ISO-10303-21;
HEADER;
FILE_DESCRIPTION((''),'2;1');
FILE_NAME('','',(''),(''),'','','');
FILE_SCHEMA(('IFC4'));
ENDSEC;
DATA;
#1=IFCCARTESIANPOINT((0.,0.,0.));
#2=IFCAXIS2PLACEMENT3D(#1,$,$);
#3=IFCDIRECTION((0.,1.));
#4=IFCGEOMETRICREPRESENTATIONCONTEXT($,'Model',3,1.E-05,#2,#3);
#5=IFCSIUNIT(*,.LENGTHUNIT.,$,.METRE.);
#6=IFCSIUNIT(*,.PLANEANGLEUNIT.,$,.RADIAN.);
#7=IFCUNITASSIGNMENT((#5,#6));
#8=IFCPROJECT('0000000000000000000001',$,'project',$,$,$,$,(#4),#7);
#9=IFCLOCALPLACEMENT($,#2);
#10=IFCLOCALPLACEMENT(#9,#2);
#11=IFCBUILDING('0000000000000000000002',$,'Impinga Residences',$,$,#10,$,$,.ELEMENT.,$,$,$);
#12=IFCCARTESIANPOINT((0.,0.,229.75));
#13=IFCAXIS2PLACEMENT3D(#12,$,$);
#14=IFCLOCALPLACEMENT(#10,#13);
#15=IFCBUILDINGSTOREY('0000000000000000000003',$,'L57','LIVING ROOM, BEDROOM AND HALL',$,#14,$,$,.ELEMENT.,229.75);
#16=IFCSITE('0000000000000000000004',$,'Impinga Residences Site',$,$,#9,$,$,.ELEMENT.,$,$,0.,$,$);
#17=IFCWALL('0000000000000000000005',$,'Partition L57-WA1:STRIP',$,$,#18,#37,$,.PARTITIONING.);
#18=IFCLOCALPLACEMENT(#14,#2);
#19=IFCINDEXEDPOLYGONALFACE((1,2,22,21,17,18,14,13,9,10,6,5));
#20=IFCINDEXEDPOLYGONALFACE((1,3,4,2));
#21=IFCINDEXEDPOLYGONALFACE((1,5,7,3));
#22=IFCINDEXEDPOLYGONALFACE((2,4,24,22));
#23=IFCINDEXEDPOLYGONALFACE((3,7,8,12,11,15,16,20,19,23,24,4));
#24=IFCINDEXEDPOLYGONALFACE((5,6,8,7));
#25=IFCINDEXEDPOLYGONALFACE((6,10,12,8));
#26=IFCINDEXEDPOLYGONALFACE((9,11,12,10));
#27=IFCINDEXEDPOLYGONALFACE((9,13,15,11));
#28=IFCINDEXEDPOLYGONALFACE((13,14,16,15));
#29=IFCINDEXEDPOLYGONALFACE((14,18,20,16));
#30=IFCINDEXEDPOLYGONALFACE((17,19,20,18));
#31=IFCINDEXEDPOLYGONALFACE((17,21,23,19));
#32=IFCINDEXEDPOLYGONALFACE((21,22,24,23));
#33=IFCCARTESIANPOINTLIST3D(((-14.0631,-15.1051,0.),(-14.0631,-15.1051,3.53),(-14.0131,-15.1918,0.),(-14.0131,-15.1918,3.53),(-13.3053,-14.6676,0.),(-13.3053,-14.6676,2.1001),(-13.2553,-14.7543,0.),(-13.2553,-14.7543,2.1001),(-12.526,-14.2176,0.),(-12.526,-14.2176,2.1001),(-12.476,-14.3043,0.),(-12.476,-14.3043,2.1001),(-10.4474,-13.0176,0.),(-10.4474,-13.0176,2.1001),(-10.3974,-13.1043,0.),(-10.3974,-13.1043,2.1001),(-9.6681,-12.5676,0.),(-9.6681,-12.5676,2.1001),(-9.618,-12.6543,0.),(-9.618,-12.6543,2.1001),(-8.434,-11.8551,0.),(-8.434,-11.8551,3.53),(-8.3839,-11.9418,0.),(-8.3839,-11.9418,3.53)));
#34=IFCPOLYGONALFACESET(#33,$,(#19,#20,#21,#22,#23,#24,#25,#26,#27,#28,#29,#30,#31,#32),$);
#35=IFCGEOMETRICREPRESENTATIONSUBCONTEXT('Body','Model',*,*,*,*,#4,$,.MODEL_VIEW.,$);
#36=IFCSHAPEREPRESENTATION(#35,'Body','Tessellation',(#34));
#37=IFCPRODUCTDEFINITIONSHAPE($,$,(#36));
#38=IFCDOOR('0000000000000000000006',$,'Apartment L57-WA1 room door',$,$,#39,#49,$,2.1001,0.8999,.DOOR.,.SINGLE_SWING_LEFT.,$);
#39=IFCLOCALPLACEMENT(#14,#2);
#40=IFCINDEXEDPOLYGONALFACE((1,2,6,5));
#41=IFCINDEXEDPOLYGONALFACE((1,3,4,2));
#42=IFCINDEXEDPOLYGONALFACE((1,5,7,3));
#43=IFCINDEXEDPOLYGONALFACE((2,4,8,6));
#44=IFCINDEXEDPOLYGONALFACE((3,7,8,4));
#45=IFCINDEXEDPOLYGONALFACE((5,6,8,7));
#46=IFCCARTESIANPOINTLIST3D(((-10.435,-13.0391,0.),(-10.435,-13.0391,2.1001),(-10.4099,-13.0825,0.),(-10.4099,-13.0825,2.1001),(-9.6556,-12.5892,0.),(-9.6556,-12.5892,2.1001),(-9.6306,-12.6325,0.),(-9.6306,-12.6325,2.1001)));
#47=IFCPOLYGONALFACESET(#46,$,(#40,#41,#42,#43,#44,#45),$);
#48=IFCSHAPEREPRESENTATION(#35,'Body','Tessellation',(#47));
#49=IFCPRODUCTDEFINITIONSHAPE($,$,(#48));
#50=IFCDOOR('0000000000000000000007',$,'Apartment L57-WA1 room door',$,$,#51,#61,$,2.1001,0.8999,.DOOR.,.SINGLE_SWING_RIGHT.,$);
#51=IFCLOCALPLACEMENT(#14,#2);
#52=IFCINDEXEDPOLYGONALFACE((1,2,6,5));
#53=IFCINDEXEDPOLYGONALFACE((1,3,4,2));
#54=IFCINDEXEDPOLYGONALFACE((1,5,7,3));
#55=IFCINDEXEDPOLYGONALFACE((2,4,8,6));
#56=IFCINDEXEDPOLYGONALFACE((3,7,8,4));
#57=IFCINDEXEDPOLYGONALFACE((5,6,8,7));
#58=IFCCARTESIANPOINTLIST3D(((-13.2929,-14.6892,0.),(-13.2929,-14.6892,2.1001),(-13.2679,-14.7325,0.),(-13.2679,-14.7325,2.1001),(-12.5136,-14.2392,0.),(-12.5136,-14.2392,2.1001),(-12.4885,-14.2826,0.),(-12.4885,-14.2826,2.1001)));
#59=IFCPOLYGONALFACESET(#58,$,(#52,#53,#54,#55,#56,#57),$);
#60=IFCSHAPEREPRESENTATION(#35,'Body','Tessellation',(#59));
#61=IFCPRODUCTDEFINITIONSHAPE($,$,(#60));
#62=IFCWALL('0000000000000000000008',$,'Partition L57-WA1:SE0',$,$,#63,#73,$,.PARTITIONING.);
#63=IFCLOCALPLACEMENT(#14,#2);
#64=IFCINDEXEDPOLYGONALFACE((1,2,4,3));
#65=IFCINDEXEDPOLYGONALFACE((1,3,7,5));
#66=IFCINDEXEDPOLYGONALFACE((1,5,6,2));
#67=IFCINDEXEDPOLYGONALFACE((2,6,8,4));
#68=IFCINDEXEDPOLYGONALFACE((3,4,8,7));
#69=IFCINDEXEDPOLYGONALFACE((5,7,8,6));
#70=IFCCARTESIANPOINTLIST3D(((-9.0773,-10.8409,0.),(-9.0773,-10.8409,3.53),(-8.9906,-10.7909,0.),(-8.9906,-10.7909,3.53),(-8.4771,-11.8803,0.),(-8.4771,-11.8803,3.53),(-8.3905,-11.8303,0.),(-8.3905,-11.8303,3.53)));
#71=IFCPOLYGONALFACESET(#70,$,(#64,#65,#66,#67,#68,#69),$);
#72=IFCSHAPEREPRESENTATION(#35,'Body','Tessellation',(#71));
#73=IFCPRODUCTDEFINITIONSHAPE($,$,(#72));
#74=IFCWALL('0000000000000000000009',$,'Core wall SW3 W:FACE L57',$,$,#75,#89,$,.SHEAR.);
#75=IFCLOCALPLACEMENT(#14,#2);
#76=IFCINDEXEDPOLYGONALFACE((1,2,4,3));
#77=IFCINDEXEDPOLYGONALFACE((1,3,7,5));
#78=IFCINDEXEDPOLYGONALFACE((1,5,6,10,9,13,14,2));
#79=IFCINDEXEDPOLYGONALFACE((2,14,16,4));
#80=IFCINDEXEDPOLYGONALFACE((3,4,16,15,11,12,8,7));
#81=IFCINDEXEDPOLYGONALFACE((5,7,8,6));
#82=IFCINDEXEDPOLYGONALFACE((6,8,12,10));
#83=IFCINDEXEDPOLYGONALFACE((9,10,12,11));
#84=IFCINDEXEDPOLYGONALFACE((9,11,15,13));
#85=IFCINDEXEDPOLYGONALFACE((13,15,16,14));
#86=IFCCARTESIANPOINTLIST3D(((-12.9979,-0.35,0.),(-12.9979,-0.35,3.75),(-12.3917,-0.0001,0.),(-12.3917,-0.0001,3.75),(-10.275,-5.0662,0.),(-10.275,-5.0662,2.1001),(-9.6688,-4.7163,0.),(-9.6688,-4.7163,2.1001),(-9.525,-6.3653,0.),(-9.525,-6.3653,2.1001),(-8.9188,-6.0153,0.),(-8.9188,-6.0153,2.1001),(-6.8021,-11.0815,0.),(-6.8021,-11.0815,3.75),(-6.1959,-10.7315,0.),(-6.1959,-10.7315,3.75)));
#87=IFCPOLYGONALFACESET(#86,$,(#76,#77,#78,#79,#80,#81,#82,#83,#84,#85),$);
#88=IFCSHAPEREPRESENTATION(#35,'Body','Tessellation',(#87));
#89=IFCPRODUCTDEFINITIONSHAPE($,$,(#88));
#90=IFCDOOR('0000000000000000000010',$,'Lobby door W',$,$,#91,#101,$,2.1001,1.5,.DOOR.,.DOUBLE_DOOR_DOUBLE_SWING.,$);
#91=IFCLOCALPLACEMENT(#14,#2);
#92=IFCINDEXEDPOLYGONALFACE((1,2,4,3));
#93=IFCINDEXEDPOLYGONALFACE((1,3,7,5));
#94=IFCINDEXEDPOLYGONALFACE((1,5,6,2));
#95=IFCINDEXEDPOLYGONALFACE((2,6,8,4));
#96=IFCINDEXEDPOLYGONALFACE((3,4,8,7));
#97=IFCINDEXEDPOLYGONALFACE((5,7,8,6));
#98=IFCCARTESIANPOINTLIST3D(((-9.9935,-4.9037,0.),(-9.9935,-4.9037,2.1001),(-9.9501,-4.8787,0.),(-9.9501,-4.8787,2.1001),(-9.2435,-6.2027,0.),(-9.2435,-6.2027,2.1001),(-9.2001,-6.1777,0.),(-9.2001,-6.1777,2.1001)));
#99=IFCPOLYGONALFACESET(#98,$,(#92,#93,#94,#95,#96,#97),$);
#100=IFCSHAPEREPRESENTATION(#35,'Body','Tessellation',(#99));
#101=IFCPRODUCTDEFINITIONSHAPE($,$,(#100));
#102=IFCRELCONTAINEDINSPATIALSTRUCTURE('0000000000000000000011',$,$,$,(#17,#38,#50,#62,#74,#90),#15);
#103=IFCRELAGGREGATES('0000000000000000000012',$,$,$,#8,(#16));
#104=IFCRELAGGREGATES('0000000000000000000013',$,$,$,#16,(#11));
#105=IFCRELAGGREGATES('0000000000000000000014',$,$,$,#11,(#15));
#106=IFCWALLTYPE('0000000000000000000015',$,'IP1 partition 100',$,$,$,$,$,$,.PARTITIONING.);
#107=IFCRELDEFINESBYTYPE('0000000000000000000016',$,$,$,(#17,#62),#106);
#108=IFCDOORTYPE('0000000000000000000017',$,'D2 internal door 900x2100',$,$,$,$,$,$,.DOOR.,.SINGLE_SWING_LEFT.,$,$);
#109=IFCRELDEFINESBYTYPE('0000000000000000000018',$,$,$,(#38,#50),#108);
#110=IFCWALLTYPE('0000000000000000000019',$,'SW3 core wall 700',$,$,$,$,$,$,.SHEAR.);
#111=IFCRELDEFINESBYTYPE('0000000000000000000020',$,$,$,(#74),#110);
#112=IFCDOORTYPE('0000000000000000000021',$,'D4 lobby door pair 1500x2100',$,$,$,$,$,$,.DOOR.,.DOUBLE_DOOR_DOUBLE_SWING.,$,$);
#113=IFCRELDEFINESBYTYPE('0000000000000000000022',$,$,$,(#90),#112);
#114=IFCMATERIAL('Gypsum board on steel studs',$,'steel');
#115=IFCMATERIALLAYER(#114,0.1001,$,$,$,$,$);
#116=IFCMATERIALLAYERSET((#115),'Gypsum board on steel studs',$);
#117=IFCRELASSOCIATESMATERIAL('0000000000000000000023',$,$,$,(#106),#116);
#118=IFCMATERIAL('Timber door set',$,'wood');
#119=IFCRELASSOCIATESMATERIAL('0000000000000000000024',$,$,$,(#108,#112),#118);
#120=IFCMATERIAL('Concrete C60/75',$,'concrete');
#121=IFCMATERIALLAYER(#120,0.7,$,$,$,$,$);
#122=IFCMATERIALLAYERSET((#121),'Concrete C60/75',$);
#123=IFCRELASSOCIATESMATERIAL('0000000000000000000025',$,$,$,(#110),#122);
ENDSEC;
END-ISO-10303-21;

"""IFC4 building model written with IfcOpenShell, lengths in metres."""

from ifc_helpers import new_model, si_unit, direction, frame, frame_2d, origin, place, context, subcontext, project, spatial, rectangle, extrude, material, layer, layer_set, type_object, element, fill, save


model = new_model("IFC4")

# Units and contexts
model_context = context("Model", 3, precision=1e-05, world=origin(), true_north=direction((0.0, 1.0)))
body_context = subcontext(model_context, "Body", "Model", "MODEL_VIEW")
ifc_project = project(units=[si_unit("LENGTHUNIT", "METRE"), si_unit("PLANEANGLEUNIT", "RADIAN")], contexts=[model_context])

# Site, building, storey
site_placement = place(None, origin())
site = spatial("IfcSite", under=ifc_project, at=site_placement, Name="Impinga Residences Site", CompositionType="ELEMENT", RefElevation=0.0)
building_placement = place(site_placement, origin())
building = spatial("IfcBuilding", under=site, at=building_placement, Name="Impinga Residences", CompositionType="ELEMENT")
storey_placement = place(building_placement, frame((0.0, 0.0, 229.75)))
storey = spatial("IfcBuildingStorey", under=building, at=storey_placement, Name="L57", Description="LIVING ROOM, BEDROOM AND HALL", CompositionType="ELEMENT", Elevation=229.75)

# Shared definitions
ifc_material_1 = material(Name="Concrete C60/75", Category="concrete")

# Shared definitions
ifc_material_2 = material(Name="Gypsum board on steel studs", Category="steel")
ifc_layer_1 = layer(ifc_material_2, 0.1001)
ifc_layer_set_1 = layer_set([ifc_layer_1], Name="Gypsum board on steel studs")
wall_type_1 = type_object("IfcWallType", Name="IP1 partition 100", PredefinedType="PARTITIONING", material=ifc_layer_set_1)

# Wall, openings, doors
wall_1_placement = place(storey_placement, frame((-8.4089, -11.8984, 0.0), z_axis=(0.0, 0.0, 1.0), x_axis=(-0.866025, -0.500001, 0.0)))
wall_1 = element("IfcWall", 1, at=wall_1_placement, inside=storey, type_object=wall_type_1, Name="Partition L57-WA1:STRIP", PredefinedType="PARTITIONING", context=body_context, shape_type="SweptSolid", body=[
    extrude(rectangle(XDim=6.5, YDim=0.1001, at=frame_2d((3.25, 0.0))), origin(), (0.0, 0.0, 1.0), 3.53),
])
opening_1_placement = place(wall_1_placement, frame((1.425, 0.0, 0.0)))
opening_1 = element("IfcOpeningElement", 2, at=opening_1_placement, cuts=wall_1, PredefinedType="OPENING", context=body_context, shape_type="SweptSolid", body=[
    extrude(rectangle(XDim=0.8999, YDim=2.1001, at=frame_2d((0.45, 1.05))), frame((0.0, 0.0601, 0.0), z_axis=(0.0, -1.0, 0.0), x_axis=(1.0, 0.0, 0.0)), (0.0, 0.0, 1.0), 0.1201),
])
opening_2_placement = place(wall_1_placement, frame((4.7251, 0.0, 0.0)))
opening_2 = element("IfcOpeningElement", 3, at=opening_2_placement, cuts=wall_1, PredefinedType="OPENING", context=body_context, shape_type="SweptSolid", body=[
    extrude(rectangle(XDim=0.8999, YDim=2.1001, at=frame_2d((0.45, 1.05))), frame((0.0, 0.0601, 0.0), z_axis=(0.0, -1.0, 0.0), x_axis=(1.0, 0.0, 0.0)), (0.0, 0.0, 1.0), 0.1201),
])
ifc_material_3 = material(Name="Timber door set", Category="wood")
door_type_1 = type_object("IfcDoorType", Name="D2 internal door 900x2100", OperationType="SINGLE_SWING_LEFT", PredefinedType="DOOR", material=ifc_material_3)
door_1_placement = place(opening_1_placement, origin())
door_1 = element("IfcDoor", 4, at=door_1_placement, inside=storey, type_object=door_type_1, Name="Apartment L57-WA1 room door", OperationType="SINGLE_SWING_LEFT", OverallHeight=2.1001, OverallWidth=0.8999, PredefinedType="DOOR", context=body_context, shape_type="SweptSolid", body=[
    extrude(rectangle(XDim=0.8999, YDim=2.1001, at=frame_2d((0.45, 1.05))), frame((0.0, 0.0249, 0.0), z_axis=(0.0, -1.0, 0.0), x_axis=(1.0, 0.0, 0.0)), (0.0, 0.0, 1.0), 0.05),
])
fill(opening_1, door_1)
door_2_placement = place(opening_2_placement, origin())
door_2 = element("IfcDoor", 5, at=door_2_placement, inside=storey, type_object=door_type_1, Name="Apartment L57-WA1 room door", OperationType="SINGLE_SWING_RIGHT", OverallHeight=2.1001, OverallWidth=0.8999, PredefinedType="DOOR", context=body_context, shape_type="SweptSolid", body=[
    extrude(rectangle(XDim=0.8999, YDim=2.1001, at=frame_2d((0.45, 1.05))), frame((0.0, 0.0249, 0.0), z_axis=(0.0, -1.0, 0.0), x_axis=(1.0, 0.0, 0.0)), (0.0, 0.0, 1.0), 0.05),
])
fill(opening_2, door_2)

# Wall
wall_2_placement = place(storey_placement, frame((-9.0339, -10.8159, 0.0), z_axis=(0.0, 0.0, 1.0), x_axis=(0.500034, -0.866006, 0.0)))
element("IfcWall", 6, at=wall_2_placement, inside=storey, type_object=wall_type_1, Name="Partition L57-WA1:SE0", PredefinedType="PARTITIONING", context=body_context, shape_type="SweptSolid", body=[
    extrude(rectangle(XDim=1.2002, YDim=0.1001, at=frame_2d((0.6001, 0.0))), origin(), (0.0, 0.0, 1.0), 3.53),
])

# Wall, opening, door
ifc_layer_2 = layer(ifc_material_1, 0.7)
ifc_layer_set_2 = layer_set([ifc_layer_2], Name="Concrete C60/75")
wall_type_2 = type_object("IfcWallType", Name="SW3 core wall 700", PredefinedType="SHEAR", material=ifc_layer_set_2)
wall_3_placement = place(storey_placement, frame((-6.499, -10.9065, 0.0), z_axis=(0.0, 0.0, 1.0), x_axis=(-0.5, 0.866025, 0.0)))
wall_3 = element("IfcWall", 7, at=wall_3_placement, inside=storey, type_object=wall_type_2, Name="Core wall SW3 W:FACE L57", PredefinedType="SHEAR", context=body_context, shape_type="SweptSolid", body=[
    extrude(rectangle(XDim=12.3916, YDim=0.7, at=frame_2d((6.1958, 0.0))), origin(), (0.0, 0.0, 1.0), 3.75),
])
opening_3_placement = place(wall_3_placement, frame((5.4458, 0.0, 0.0)))
opening_3 = element("IfcOpeningElement", 8, at=opening_3_placement, cuts=wall_3, PredefinedType="OPENING", context=body_context, shape_type="SweptSolid", body=[
    extrude(rectangle(XDim=1.5, YDim=2.1001, at=frame_2d((0.75, 1.05))), frame((0.0, 0.3599, 0.0), z_axis=(0.0, -1.0, 0.0), x_axis=(1.0, 0.0, 0.0)), (0.0, 0.0, 1.0), 0.72),
])
door_type_2 = type_object("IfcDoorType", Name="D4 lobby door pair 1500x2100", OperationType="DOUBLE_DOOR_DOUBLE_SWING", PredefinedType="DOOR", material=ifc_material_3)
door_3_placement = place(opening_3_placement, origin())
door_3 = element("IfcDoor", 9, at=door_3_placement, inside=storey, type_object=door_type_2, Name="Lobby door W", OperationType="DOUBLE_DOOR_DOUBLE_SWING", OverallHeight=2.1001, OverallWidth=1.5, PredefinedType="DOOR", context=body_context, shape_type="SweptSolid", body=[
    extrude(rectangle(XDim=1.5, YDim=2.1001, at=frame_2d((0.75, 1.05))), frame((0.0, 0.0249, 0.0), z_axis=(0.0, -1.0, 0.0), x_axis=(1.0, 0.0, 0.0)), (0.0, 0.0, 1.0), 0.05),
])
fill(opening_3, door_3)

save(model, "model.ifc")
